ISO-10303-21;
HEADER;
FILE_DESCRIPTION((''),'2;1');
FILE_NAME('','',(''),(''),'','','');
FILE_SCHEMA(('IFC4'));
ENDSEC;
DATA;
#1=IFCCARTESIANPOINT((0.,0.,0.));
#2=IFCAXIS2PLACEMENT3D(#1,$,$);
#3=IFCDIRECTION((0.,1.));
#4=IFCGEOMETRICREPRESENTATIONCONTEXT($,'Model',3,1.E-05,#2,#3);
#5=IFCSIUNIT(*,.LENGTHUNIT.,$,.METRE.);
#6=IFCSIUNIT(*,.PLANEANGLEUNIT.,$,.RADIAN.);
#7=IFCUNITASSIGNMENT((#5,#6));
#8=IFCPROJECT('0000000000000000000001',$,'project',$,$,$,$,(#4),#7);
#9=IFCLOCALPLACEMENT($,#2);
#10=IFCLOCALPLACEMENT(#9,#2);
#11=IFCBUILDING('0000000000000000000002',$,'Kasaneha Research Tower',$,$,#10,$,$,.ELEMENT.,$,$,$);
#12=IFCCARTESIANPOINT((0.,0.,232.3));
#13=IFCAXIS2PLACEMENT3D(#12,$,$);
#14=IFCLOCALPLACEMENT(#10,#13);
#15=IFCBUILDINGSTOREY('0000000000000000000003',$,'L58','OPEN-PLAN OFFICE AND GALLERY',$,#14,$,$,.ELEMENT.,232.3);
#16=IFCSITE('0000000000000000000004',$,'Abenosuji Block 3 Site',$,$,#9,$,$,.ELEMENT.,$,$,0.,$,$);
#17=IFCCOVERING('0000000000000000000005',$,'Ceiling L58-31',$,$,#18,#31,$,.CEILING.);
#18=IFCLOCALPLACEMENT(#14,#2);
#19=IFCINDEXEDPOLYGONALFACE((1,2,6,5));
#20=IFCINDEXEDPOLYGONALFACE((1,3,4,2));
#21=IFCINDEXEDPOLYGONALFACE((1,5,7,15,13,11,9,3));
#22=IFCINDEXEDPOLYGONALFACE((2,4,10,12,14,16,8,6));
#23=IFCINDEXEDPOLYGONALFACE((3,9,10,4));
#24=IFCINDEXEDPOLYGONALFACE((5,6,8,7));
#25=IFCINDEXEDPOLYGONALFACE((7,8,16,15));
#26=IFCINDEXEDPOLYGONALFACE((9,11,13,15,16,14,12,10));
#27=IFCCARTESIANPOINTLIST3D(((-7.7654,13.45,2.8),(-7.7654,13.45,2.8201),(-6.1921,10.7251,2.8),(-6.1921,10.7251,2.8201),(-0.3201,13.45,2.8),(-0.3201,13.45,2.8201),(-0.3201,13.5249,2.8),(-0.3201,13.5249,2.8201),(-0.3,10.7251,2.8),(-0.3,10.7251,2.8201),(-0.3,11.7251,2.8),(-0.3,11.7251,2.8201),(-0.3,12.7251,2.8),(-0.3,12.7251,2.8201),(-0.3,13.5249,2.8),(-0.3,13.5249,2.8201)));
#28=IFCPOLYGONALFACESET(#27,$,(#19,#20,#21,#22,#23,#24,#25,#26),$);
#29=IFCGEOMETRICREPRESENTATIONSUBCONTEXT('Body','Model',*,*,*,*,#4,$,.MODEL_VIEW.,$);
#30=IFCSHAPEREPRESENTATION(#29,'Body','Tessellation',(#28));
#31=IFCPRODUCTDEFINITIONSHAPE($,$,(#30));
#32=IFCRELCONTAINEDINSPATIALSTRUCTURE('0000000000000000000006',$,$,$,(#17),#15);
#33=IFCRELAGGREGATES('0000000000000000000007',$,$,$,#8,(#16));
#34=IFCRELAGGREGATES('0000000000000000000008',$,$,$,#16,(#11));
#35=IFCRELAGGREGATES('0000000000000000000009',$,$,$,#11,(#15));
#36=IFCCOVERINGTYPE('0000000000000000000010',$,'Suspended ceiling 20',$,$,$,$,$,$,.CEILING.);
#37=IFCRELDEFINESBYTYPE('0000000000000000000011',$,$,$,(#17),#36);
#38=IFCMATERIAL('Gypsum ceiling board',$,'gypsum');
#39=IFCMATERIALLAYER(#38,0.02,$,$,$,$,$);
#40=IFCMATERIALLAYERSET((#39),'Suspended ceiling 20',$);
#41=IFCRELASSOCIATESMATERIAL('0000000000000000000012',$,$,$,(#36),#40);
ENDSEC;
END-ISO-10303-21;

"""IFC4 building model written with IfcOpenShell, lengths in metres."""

from ifc_helpers import new_model, si_unit, direction, frame, origin, place, context, subcontext, project, spatial, polyline, outline, extrude, material, layer, layer_set, type_object, element, save


model = new_model("IFC4")

# Units and contexts
model_context = context("Model", 3, precision=1e-05, world=origin(), true_north=direction((0.0, 1.0)))
body_context = subcontext(model_context, "Body", "Model", "MODEL_VIEW")
ifc_project = project(units=[si_unit("LENGTHUNIT", "METRE"), si_unit("PLANEANGLEUNIT", "RADIAN")], contexts=[model_context])

# Site, building, storey
site_placement = place(None, origin())
site = spatial("IfcSite", under=ifc_project, at=site_placement, Name="Abenosuji Block 3 Site", CompositionType="ELEMENT", RefElevation=0.0)
building_placement = place(site_placement, origin())
building = spatial("IfcBuilding", under=site, at=building_placement, Name="Kasaneha Research Tower", CompositionType="ELEMENT")
storey_placement = place(building_placement, frame((0.0, 0.0, 232.3)))
storey = spatial("IfcBuildingStorey", under=building, at=storey_placement, Name="L58", Description="OPEN-PLAN OFFICE AND GALLERY", CompositionType="ELEMENT", Elevation=232.3)

# Covering
ifc_material_1 = material(Name="Gypsum ceiling board", Category="gypsum")
ifc_layer_1 = layer(ifc_material_1, 0.02)
ifc_layer_set_1 = layer_set([ifc_layer_1], Name="Suspended ceiling 20")
covering_type_1 = type_object("IfcCoveringType", Name="Suspended ceiling 20", PredefinedType="CEILING", material=ifc_layer_set_1)
covering_1_placement = place(storey_placement, frame((0.0, 0.0, 2.8)))
element("IfcCovering", 1, at=covering_1_placement, inside=storey, type_object=covering_type_1, Name="Ceiling L58-31", PredefinedType="CEILING", context=body_context, shape_type="SweptSolid", body=[
    extrude(outline(polyline([(-0.3, 11.7251), (-0.3, 10.7251), (-6.1921, 10.7251), (-7.7654, 13.45), (-7.7654, 13.45), (-0.3201, 13.45), (-0.3201, 13.5249), (-0.3, 13.5249), (-0.3, 12.7251), (-0.3, 11.7251)])), origin(), (0.0, 0.0, 1.0), 0.02),
])

save(model, "model.ifc")
